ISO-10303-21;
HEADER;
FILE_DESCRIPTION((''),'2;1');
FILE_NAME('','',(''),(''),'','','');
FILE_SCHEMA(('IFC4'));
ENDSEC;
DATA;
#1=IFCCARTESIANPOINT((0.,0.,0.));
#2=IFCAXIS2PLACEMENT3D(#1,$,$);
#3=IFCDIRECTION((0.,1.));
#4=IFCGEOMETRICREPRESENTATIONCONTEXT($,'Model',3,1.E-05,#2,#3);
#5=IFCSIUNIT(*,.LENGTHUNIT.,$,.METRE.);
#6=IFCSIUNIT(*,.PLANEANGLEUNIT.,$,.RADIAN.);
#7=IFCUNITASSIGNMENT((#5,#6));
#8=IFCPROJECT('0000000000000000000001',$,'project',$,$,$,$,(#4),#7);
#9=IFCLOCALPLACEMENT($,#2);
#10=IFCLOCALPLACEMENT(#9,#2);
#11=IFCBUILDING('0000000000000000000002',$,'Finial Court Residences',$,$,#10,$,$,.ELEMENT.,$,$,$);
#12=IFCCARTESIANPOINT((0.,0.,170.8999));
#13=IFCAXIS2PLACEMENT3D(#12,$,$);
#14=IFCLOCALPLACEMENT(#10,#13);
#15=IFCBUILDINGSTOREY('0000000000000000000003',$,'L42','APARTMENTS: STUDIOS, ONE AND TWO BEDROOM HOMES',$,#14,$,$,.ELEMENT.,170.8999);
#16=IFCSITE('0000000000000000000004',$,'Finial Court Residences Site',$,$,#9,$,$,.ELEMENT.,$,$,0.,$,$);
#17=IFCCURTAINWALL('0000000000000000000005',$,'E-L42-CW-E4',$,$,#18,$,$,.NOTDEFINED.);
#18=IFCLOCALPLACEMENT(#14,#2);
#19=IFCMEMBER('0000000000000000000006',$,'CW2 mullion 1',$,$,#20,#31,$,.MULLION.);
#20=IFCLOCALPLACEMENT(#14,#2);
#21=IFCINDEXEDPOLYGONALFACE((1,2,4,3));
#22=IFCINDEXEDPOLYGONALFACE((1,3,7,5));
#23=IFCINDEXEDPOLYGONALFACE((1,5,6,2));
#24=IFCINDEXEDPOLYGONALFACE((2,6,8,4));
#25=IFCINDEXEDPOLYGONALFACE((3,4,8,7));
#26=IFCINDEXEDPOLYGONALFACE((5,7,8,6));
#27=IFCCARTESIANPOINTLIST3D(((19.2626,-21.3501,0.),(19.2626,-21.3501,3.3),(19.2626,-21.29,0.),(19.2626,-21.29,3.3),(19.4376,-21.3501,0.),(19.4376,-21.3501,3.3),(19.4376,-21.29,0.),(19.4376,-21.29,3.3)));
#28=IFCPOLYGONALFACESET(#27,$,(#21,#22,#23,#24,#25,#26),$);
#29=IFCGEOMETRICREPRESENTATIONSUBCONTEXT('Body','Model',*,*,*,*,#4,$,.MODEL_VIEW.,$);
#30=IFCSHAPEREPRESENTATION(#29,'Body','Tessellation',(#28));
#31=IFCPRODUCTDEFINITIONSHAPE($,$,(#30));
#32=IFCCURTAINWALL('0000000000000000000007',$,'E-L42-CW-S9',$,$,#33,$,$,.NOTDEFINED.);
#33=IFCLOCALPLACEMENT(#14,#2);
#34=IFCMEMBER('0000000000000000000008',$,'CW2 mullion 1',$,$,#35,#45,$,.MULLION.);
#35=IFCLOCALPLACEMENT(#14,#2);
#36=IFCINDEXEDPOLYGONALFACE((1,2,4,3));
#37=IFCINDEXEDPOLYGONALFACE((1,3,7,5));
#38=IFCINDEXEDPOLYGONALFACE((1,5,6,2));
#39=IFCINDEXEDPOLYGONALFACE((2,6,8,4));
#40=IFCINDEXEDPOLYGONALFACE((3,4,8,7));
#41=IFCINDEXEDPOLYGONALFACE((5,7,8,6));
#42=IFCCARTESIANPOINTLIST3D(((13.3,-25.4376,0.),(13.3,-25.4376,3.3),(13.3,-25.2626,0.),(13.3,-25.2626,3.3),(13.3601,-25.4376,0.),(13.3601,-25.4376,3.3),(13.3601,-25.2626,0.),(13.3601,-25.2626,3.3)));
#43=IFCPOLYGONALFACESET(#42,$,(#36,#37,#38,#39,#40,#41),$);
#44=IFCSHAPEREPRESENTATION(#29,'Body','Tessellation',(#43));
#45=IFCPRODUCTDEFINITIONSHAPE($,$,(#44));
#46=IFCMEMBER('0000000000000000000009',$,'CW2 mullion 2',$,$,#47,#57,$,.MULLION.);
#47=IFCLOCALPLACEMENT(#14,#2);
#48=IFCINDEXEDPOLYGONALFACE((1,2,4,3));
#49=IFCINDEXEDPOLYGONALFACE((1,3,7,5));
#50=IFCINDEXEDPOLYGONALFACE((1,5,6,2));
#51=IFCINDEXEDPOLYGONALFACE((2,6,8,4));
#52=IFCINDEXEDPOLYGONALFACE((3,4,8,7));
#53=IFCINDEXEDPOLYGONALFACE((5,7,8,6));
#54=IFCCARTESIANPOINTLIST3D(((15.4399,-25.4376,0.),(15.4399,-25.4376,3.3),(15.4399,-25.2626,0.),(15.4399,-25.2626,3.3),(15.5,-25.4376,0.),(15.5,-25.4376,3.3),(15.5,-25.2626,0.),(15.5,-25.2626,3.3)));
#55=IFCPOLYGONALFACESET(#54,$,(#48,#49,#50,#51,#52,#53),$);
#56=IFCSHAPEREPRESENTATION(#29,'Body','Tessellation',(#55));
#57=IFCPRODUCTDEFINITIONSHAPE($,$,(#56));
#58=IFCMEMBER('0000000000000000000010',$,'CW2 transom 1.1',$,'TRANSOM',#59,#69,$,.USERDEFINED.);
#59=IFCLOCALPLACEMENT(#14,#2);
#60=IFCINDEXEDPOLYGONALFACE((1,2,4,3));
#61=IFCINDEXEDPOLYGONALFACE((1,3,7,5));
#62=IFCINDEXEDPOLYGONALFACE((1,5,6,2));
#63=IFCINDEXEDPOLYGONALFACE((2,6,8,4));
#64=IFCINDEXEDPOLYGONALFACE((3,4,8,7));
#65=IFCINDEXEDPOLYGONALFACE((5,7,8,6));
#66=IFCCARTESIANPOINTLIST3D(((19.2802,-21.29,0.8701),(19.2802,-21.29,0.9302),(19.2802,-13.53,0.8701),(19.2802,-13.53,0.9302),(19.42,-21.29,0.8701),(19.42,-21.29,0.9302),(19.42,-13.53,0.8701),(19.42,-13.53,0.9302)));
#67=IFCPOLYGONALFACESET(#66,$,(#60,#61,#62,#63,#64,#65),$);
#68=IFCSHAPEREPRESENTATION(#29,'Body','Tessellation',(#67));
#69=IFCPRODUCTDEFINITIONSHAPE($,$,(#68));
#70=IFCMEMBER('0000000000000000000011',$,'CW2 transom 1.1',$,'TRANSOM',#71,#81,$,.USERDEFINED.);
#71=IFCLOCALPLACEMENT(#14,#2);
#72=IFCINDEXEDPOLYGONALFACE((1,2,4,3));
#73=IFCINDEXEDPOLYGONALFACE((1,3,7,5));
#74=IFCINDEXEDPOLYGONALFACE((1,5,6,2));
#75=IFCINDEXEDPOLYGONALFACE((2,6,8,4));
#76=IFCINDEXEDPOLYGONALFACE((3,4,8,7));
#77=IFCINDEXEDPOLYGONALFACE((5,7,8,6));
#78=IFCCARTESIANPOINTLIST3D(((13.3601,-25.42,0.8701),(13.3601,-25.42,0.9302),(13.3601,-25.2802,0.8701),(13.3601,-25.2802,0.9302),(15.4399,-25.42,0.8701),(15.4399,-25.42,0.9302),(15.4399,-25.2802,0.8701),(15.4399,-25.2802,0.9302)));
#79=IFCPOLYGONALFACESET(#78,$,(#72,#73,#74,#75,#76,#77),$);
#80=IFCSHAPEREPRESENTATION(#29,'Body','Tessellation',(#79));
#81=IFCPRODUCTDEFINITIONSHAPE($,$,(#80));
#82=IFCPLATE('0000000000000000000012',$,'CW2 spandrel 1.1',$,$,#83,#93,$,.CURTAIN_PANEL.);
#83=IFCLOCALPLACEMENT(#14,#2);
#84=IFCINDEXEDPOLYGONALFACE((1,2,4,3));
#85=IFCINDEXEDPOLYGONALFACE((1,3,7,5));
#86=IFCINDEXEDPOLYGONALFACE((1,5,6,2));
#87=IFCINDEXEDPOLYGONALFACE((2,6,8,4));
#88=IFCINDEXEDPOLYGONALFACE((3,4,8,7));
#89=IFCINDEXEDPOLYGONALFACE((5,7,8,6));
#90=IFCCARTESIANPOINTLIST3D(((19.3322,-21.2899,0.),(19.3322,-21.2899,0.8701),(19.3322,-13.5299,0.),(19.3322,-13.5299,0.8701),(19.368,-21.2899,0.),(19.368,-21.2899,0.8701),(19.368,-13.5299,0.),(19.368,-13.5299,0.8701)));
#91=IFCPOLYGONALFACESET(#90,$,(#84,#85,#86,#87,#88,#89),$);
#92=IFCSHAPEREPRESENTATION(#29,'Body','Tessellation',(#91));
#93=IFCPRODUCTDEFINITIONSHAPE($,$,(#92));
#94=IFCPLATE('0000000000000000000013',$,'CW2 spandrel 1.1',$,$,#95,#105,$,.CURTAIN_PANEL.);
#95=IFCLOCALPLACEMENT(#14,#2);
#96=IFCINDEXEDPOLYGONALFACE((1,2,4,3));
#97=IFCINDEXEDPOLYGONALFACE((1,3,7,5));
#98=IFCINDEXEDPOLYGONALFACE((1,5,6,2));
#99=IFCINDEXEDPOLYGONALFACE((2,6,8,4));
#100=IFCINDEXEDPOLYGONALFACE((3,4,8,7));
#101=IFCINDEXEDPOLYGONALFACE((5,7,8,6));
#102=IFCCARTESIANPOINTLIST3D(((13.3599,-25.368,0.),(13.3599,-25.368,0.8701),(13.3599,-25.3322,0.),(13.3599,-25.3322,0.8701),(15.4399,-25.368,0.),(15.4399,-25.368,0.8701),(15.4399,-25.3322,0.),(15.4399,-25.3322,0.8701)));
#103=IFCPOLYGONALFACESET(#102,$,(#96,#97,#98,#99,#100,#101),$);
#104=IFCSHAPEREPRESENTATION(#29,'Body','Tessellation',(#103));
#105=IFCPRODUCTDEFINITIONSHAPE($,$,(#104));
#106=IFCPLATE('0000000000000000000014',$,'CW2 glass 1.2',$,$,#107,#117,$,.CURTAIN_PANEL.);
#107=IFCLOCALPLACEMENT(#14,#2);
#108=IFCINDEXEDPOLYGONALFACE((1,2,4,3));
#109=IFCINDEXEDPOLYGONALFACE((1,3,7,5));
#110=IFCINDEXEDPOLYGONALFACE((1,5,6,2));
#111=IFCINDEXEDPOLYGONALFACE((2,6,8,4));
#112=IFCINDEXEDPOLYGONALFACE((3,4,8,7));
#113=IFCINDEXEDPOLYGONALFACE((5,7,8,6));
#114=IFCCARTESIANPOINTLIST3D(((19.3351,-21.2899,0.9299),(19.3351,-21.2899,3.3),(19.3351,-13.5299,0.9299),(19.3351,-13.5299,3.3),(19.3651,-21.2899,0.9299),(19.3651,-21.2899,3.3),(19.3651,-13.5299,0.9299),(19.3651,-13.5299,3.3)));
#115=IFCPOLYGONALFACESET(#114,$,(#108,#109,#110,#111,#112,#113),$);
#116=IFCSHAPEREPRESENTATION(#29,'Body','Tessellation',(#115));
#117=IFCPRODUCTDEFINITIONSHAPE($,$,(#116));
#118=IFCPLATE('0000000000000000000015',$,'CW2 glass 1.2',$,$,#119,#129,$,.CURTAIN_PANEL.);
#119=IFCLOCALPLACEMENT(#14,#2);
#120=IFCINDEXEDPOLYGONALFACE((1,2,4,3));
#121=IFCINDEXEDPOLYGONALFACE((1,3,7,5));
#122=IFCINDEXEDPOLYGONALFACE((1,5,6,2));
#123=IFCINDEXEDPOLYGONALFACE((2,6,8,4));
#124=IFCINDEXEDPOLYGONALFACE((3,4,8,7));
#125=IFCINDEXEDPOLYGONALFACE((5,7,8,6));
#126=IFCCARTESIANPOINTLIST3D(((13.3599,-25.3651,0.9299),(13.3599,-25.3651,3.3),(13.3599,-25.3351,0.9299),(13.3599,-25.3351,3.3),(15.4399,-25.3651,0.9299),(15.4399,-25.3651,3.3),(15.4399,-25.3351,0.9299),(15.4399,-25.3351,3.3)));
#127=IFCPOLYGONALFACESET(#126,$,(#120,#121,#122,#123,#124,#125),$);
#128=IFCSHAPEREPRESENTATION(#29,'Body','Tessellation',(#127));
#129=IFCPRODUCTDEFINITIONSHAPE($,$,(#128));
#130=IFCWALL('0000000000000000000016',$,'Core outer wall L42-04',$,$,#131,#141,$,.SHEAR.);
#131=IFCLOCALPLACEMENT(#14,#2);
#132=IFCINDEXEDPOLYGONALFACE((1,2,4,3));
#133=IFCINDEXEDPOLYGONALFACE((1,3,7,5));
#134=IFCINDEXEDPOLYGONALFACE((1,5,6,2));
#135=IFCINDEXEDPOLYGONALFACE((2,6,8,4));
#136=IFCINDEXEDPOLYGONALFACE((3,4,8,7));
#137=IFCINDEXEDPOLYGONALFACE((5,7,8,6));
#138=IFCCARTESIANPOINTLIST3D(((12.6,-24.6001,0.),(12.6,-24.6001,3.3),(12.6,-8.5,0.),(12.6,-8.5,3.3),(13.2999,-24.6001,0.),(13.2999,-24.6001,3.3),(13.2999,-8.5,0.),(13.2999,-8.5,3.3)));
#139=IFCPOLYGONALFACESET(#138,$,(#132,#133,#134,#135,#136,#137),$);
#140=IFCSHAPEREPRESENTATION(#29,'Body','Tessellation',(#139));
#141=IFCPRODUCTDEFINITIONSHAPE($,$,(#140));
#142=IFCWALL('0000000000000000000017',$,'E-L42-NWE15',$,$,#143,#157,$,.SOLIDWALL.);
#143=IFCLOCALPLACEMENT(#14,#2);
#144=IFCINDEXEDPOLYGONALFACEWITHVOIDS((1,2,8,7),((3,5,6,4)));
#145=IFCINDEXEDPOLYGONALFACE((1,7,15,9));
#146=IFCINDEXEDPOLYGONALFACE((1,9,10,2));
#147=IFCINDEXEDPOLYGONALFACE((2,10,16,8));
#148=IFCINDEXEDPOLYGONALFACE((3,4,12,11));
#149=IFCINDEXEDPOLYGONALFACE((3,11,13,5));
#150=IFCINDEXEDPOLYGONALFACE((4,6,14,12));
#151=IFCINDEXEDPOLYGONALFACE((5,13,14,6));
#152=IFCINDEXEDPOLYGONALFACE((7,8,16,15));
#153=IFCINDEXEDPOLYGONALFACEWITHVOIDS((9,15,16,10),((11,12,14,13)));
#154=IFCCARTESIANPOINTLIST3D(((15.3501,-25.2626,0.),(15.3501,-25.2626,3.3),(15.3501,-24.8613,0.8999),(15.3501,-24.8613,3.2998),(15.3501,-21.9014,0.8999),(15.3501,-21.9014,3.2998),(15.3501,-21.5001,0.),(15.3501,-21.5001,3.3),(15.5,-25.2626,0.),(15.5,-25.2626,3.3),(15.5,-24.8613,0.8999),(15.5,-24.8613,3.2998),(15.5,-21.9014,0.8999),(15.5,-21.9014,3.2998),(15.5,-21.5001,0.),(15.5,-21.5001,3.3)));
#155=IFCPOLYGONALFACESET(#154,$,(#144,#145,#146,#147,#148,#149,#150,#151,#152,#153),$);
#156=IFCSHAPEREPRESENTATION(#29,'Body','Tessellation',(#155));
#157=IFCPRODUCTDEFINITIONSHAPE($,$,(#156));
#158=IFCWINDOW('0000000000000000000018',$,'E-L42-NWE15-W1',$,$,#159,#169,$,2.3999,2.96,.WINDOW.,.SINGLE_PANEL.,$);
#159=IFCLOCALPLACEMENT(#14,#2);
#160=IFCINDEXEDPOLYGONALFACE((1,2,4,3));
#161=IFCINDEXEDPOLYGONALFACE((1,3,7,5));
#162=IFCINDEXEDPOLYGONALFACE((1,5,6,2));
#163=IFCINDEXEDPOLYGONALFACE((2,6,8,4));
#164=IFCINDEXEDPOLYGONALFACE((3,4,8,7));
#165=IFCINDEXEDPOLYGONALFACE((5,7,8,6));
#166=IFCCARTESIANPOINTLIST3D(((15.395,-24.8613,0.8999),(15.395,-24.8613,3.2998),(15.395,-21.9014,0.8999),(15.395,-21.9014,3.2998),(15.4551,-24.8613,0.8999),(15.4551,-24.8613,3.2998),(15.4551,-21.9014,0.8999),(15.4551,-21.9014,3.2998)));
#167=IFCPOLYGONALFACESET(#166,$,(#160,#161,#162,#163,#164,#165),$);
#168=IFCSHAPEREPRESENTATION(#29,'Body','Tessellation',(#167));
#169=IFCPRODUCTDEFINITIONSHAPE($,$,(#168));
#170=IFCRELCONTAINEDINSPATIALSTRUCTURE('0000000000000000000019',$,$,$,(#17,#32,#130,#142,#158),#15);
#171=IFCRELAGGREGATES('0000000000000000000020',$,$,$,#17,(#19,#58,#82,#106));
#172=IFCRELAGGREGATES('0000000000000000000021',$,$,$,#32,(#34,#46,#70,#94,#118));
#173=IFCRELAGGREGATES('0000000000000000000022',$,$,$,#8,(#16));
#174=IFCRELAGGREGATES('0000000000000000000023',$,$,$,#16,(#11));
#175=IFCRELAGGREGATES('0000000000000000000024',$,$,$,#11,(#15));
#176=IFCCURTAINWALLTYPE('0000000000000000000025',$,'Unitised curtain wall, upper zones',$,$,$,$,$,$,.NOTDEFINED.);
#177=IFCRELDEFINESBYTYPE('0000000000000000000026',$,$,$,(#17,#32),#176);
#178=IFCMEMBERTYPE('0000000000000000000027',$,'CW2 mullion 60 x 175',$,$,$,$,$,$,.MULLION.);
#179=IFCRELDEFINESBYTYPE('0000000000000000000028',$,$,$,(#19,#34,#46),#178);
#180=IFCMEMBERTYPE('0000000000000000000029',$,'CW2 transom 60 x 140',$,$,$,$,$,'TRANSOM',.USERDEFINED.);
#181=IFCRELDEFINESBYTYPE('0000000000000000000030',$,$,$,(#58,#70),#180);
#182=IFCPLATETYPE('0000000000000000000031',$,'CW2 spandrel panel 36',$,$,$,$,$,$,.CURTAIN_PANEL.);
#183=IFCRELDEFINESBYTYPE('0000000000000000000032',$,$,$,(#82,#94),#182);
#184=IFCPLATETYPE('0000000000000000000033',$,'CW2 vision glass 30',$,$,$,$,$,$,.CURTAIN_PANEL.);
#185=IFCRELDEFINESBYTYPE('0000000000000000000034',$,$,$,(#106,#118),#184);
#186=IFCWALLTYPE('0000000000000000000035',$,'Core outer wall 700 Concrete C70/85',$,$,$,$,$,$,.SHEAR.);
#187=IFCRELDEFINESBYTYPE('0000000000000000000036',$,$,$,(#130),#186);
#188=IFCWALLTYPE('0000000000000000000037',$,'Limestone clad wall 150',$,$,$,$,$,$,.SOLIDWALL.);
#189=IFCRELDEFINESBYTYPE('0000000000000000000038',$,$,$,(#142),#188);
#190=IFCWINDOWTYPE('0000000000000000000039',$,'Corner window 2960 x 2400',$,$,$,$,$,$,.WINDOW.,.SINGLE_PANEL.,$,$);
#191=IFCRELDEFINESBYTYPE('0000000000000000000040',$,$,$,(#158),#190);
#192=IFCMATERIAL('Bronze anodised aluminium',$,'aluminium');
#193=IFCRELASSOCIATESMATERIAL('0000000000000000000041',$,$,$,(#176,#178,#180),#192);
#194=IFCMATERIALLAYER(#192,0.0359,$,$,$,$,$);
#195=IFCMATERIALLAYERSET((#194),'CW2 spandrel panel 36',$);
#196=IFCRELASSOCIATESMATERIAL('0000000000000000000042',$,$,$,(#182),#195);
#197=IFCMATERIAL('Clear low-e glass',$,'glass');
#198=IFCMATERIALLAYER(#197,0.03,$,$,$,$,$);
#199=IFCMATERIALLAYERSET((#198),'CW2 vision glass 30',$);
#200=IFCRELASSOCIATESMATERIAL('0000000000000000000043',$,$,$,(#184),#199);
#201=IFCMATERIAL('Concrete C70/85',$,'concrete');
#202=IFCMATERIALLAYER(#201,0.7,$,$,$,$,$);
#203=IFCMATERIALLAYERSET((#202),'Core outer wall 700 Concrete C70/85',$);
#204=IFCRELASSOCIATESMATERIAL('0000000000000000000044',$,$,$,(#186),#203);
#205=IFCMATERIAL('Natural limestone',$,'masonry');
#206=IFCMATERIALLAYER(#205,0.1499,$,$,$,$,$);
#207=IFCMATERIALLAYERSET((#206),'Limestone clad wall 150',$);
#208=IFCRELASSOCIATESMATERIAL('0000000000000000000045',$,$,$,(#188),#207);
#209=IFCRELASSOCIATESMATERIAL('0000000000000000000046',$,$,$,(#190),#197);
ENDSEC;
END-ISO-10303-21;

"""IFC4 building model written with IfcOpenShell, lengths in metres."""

from ifc_helpers import new_model, si_unit, direction, frame, frame_2d, origin, origin_2d, place, context, subcontext, project, spatial, rectangle, extrude, material, layer, layer_set, material_profile, profile_set, type_object, element, fill, aggregate, save


model = new_model("IFC4")

# Units and contexts
model_context = context("Model", 3, precision=1e-05, world=origin(), true_north=direction((0.0, 1.0)))
body_context = subcontext(model_context, "Body", "Model", "MODEL_VIEW")
ifc_project = project(units=[si_unit("LENGTHUNIT", "METRE"), si_unit("PLANEANGLEUNIT", "RADIAN")], contexts=[model_context])

# Site, building, storey
site_placement = place(None, origin())
site = spatial("IfcSite", under=ifc_project, at=site_placement, Name="Finial Court Residences Site", CompositionType="ELEMENT", RefElevation=0.0)
building_placement = place(site_placement, origin())
building = spatial("IfcBuilding", under=site, at=building_placement, Name="Finial Court Residences", CompositionType="ELEMENT")
storey_placement = place(building_placement, frame((0.0, 0.0, 170.8999)))
storey = spatial("IfcBuildingStorey", under=building, at=storey_placement, Name="L42", Description="APARTMENTS: STUDIOS, ONE AND TWO BEDROOM HOMES", CompositionType="ELEMENT", Elevation=170.8999)

# Curtain wall, member
ifc_material_1 = material(Name="Bronze anodised aluminium", Category="aluminium")
curtain_wall_type = type_object("IfcCurtainWallType", Name="Unitised curtain wall, upper zones", PredefinedType="NOTDEFINED", material=ifc_material_1)
curtain_wall_1_placement = place(storey_placement, origin())
curtain_wall_1 = element("IfcCurtainWall", 1, at=curtain_wall_1_placement, inside=storey, type_object=curtain_wall_type, Name="E-L42-CW-E4", PredefinedType="NOTDEFINED")
ifc_material_profile_1 = material_profile(ifc_material_1, rectangle(XDim=0.175, YDim=0.0601, at=origin_2d()), Name="CW2 mullion 60 x 175")
ifc_profile_set_1 = profile_set([ifc_material_profile_1], Name="Bronze anodised aluminium")
member_type_1 = type_object("IfcMemberType", Name="CW2 mullion 60 x 175", PredefinedType="MULLION", material=ifc_profile_set_1)
member_1_placement = place(storey_placement, frame((19.3501, -21.3201, 0.0), z_axis=(0.0, 0.0, 1.0), x_axis=(-1.0, 0.0, 0.0)))
member_1 = element("IfcMember", 2, at=member_1_placement, type_object=member_type_1, Name="CW2 mullion 1", PredefinedType="MULLION", context=body_context, shape_type="SweptSolid", body=[
    extrude(rectangle(XDim=0.175, YDim=0.0601, at=origin_2d()), origin(), (0.0, 0.0, 1.0), 3.3),
])

# Curtain wall, members
curtain_wall_2_placement = place(storey_placement, origin())
curtain_wall_2 = element("IfcCurtainWall", 3, at=curtain_wall_2_placement, inside=storey, type_object=curtain_wall_type, Name="E-L42-CW-S9", PredefinedType="NOTDEFINED")
member_2_placement = place(storey_placement, frame((13.3301, -25.3501, 0.0), z_axis=(0.0, 0.0, 1.0), x_axis=(0.0, 1.0, 0.0)))
member_2 = element("IfcMember", 4, at=member_2_placement, type_object=member_type_1, Name="CW2 mullion 1", PredefinedType="MULLION", context=body_context, shape_type="SweptSolid", body=[
    extrude(rectangle(XDim=0.175, YDim=0.0601, at=origin_2d()), origin(), (0.0, 0.0, 1.0), 3.3),
])
member_3_placement = place(storey_placement, frame((15.47, -25.3501, 0.0), z_axis=(0.0, 0.0, 1.0), x_axis=(0.0, 1.0, 0.0)))
member_3 = element("IfcMember", 5, at=member_3_placement, type_object=member_type_1, Name="CW2 mullion 2", PredefinedType="MULLION", context=body_context, shape_type="SweptSolid", body=[
    extrude(rectangle(XDim=0.175, YDim=0.0601, at=origin_2d()), origin(), (0.0, 0.0, 1.0), 3.3),
])

# Members
ifc_material_profile_2 = material_profile(ifc_material_1, rectangle(XDim=0.1399, YDim=0.0601, at=origin_2d()), Name="CW2 transom 60 x 140")
ifc_profile_set_2 = profile_set([ifc_material_profile_2], Name="Bronze anodised aluminium")
member_type_2 = type_object("IfcMemberType", Name="CW2 transom 60 x 140", ElementType="TRANSOM", PredefinedType="USERDEFINED", material=ifc_profile_set_2)
member_4_placement = place(storey_placement, frame((19.3501, -21.29, 0.9001), z_axis=(0.0, 1.0, 0.0), x_axis=(-1.0, 0.0, 0.0)))
member_4 = element("IfcMember", 6, at=member_4_placement, type_object=member_type_2, Name="CW2 transom 1.1", ObjectType="TRANSOM", PredefinedType="USERDEFINED", context=body_context, shape_type="SweptSolid", body=[
    extrude(rectangle(XDim=0.1399, YDim=0.0601, at=origin_2d()), origin(), (0.0, 0.0, 1.0), 7.76),
])
member_5_placement = place(storey_placement, frame((13.3601, -25.3501, 0.9001), z_axis=(1.0, 0.0, 0.0), x_axis=(0.0, 1.0, 0.0)))
member_5 = element("IfcMember", 7, at=member_5_placement, type_object=member_type_2, Name="CW2 transom 1.1", ObjectType="TRANSOM", PredefinedType="USERDEFINED", context=body_context, shape_type="SweptSolid", body=[
    extrude(rectangle(XDim=0.1399, YDim=0.0601, at=origin_2d()), origin(), (0.0, 0.0, 1.0), 2.0798),
])

# Plates
ifc_layer_1 = layer(ifc_material_1, 0.0359)
ifc_layer_set_1 = layer_set([ifc_layer_1], Name="CW2 spandrel panel 36")
plate_type_1 = type_object("IfcPlateType", Name="CW2 spandrel panel 36", PredefinedType="CURTAIN_PANEL", material=ifc_layer_set_1)
plate_1_placement = place(storey_placement, frame((19.3501, -17.4099, 0.0), z_axis=(0.0, 0.0, 1.0), x_axis=(0.0, 1.0, 0.0)))
plate_1 = element("IfcPlate", 8, at=plate_1_placement, type_object=plate_type_1, Name="CW2 spandrel 1.1", PredefinedType="CURTAIN_PANEL", context=body_context, shape_type="SweptSolid", body=[
    extrude(rectangle(XDim=7.76, YDim=0.0359, at=origin_2d()), origin(), (0.0, 0.0, 1.0), 0.8701),
])
plate_2_placement = place(storey_placement, frame((14.3999, -25.3501, 0.0), z_axis=(0.0, 0.0, 1.0), x_axis=(1.0, 0.0, 0.0)))
plate_2 = element("IfcPlate", 9, at=plate_2_placement, type_object=plate_type_1, Name="CW2 spandrel 1.1", PredefinedType="CURTAIN_PANEL", context=body_context, shape_type="SweptSolid", body=[
    extrude(rectangle(XDim=2.0801, YDim=0.0359, at=origin_2d()), origin(), (0.0, 0.0, 1.0), 0.8701),
])
ifc_material_2 = material(Name="Clear low-e glass", Category="glass")
ifc_layer_2 = layer(ifc_material_2, 0.03)
ifc_layer_set_2 = layer_set([ifc_layer_2], Name="CW2 vision glass 30")
plate_type_2 = type_object("IfcPlateType", Name="CW2 vision glass 30", PredefinedType="CURTAIN_PANEL", material=ifc_layer_set_2)
plate_3_placement = place(storey_placement, frame((19.3501, -17.4099, 0.9299), z_axis=(0.0, 0.0, 1.0), x_axis=(0.0, 1.0, 0.0)))
plate_3 = element("IfcPlate", 10, at=plate_3_placement, type_object=plate_type_2, Name="CW2 glass 1.2", PredefinedType="CURTAIN_PANEL", context=body_context, shape_type="SweptSolid", body=[
    extrude(rectangle(XDim=7.76, YDim=0.03, at=origin_2d()), origin(), (0.0, 0.0, 1.0), 2.3701),
])
aggregate(curtain_wall_1, [member_1, member_4, plate_1, plate_3])
plate_4_placement = place(storey_placement, frame((14.3999, -25.3501, 0.9299), z_axis=(0.0, 0.0, 1.0), x_axis=(1.0, 0.0, 0.0)))
plate_4 = element("IfcPlate", 11, at=plate_4_placement, type_object=plate_type_2, Name="CW2 glass 1.2", PredefinedType="CURTAIN_PANEL", context=body_context, shape_type="SweptSolid", body=[
    extrude(rectangle(XDim=2.0801, YDim=0.03, at=origin_2d()), origin(), (0.0, 0.0, 1.0), 2.3701),
])
aggregate(curtain_wall_2, [member_2, member_3, member_5, plate_2, plate_4])

# Wall
ifc_material_3 = material(Name="Concrete C70/85", Category="concrete")
ifc_layer_3 = layer(ifc_material_3, 0.7)
ifc_layer_set_3 = layer_set([ifc_layer_3], Name="Core outer wall 700 Concrete C70/85")
wall_type_1 = type_object("IfcWallType", Name="Core outer wall 700 Concrete C70/85", PredefinedType="SHEAR", material=ifc_layer_set_3)
wall_1_placement = place(storey_placement, frame((12.95, -24.6001, 0.0), z_axis=(0.0, 0.0, 1.0), x_axis=(0.0, 1.0, 0.0)))
element("IfcWall", 12, at=wall_1_placement, inside=storey, type_object=wall_type_1, Name="Core outer wall L42-04", PredefinedType="SHEAR", context=body_context, shape_type="SweptSolid", body=[
    extrude(rectangle(XDim=16.1001, YDim=0.7, at=frame_2d((8.05, 0.0))), origin(), (0.0, 0.0, 1.0), 3.3),
])

# Wall, opening, window
ifc_material_4 = material(Name="Natural limestone", Category="masonry")
ifc_layer_4 = layer(ifc_material_4, 0.1499)
ifc_layer_set_4 = layer_set([ifc_layer_4], Name="Limestone clad wall 150")
wall_type_2 = type_object("IfcWallType", Name="Limestone clad wall 150", PredefinedType="SOLIDWALL", material=ifc_layer_set_4)
wall_2_placement = place(storey_placement, frame((15.425, -21.5, 0.0), z_axis=(0.0, 0.0, 1.0), x_axis=(0.0, -1.0, 0.0)))
wall_2 = element("IfcWall", 13, at=wall_2_placement, inside=storey, type_object=wall_type_2, Name="E-L42-NWE15", PredefinedType="SOLIDWALL", context=body_context, shape_type="SweptSolid", body=[
    extrude(rectangle(XDim=3.7625, YDim=0.1499, at=frame_2d((1.8813, 0.0))), origin(), (0.0, 0.0, 1.0), 3.3),
])
opening_1_placement = place(wall_2_placement, frame((0.4014, 0.0, 0.8999)))
opening_1 = element("IfcOpeningElement", 14, at=opening_1_placement, cuts=wall_2, PredefinedType="OPENING", context=body_context, shape_type="SweptSolid", body=[
    extrude(rectangle(XDim=2.96, YDim=2.3999, at=frame_2d((1.48, 1.2))), frame((0.0, 0.085, 0.0), z_axis=(0.0, -1.0, 0.0), x_axis=(1.0, 0.0, 0.0)), (0.0, 0.0, 1.0), 0.1699),
])
window_type_1 = type_object("IfcWindowType", Name="Corner window 2960 x 2400", PartitioningType="SINGLE_PANEL", PredefinedType="WINDOW", material=ifc_material_2)
window_1_placement = place(opening_1_placement, origin())
window_1 = element("IfcWindow", 15, at=window_1_placement, inside=storey, type_object=window_type_1, Name="E-L42-NWE15-W1", OverallHeight=2.3999, OverallWidth=2.96, PartitioningType="SINGLE_PANEL", PredefinedType="WINDOW", context=body_context, shape_type="SweptSolid", body=[
    extrude(rectangle(XDim=2.96, YDim=2.3999, at=frame_2d((1.48, 1.2))), frame((0.0, 0.03, 0.0), z_axis=(0.0, -1.0, 0.0), x_axis=(1.0, 0.0, 0.0)), (0.0, 0.0, 1.0), 0.0601),
])
fill(opening_1, window_1)

save(model, "model.ifc")
